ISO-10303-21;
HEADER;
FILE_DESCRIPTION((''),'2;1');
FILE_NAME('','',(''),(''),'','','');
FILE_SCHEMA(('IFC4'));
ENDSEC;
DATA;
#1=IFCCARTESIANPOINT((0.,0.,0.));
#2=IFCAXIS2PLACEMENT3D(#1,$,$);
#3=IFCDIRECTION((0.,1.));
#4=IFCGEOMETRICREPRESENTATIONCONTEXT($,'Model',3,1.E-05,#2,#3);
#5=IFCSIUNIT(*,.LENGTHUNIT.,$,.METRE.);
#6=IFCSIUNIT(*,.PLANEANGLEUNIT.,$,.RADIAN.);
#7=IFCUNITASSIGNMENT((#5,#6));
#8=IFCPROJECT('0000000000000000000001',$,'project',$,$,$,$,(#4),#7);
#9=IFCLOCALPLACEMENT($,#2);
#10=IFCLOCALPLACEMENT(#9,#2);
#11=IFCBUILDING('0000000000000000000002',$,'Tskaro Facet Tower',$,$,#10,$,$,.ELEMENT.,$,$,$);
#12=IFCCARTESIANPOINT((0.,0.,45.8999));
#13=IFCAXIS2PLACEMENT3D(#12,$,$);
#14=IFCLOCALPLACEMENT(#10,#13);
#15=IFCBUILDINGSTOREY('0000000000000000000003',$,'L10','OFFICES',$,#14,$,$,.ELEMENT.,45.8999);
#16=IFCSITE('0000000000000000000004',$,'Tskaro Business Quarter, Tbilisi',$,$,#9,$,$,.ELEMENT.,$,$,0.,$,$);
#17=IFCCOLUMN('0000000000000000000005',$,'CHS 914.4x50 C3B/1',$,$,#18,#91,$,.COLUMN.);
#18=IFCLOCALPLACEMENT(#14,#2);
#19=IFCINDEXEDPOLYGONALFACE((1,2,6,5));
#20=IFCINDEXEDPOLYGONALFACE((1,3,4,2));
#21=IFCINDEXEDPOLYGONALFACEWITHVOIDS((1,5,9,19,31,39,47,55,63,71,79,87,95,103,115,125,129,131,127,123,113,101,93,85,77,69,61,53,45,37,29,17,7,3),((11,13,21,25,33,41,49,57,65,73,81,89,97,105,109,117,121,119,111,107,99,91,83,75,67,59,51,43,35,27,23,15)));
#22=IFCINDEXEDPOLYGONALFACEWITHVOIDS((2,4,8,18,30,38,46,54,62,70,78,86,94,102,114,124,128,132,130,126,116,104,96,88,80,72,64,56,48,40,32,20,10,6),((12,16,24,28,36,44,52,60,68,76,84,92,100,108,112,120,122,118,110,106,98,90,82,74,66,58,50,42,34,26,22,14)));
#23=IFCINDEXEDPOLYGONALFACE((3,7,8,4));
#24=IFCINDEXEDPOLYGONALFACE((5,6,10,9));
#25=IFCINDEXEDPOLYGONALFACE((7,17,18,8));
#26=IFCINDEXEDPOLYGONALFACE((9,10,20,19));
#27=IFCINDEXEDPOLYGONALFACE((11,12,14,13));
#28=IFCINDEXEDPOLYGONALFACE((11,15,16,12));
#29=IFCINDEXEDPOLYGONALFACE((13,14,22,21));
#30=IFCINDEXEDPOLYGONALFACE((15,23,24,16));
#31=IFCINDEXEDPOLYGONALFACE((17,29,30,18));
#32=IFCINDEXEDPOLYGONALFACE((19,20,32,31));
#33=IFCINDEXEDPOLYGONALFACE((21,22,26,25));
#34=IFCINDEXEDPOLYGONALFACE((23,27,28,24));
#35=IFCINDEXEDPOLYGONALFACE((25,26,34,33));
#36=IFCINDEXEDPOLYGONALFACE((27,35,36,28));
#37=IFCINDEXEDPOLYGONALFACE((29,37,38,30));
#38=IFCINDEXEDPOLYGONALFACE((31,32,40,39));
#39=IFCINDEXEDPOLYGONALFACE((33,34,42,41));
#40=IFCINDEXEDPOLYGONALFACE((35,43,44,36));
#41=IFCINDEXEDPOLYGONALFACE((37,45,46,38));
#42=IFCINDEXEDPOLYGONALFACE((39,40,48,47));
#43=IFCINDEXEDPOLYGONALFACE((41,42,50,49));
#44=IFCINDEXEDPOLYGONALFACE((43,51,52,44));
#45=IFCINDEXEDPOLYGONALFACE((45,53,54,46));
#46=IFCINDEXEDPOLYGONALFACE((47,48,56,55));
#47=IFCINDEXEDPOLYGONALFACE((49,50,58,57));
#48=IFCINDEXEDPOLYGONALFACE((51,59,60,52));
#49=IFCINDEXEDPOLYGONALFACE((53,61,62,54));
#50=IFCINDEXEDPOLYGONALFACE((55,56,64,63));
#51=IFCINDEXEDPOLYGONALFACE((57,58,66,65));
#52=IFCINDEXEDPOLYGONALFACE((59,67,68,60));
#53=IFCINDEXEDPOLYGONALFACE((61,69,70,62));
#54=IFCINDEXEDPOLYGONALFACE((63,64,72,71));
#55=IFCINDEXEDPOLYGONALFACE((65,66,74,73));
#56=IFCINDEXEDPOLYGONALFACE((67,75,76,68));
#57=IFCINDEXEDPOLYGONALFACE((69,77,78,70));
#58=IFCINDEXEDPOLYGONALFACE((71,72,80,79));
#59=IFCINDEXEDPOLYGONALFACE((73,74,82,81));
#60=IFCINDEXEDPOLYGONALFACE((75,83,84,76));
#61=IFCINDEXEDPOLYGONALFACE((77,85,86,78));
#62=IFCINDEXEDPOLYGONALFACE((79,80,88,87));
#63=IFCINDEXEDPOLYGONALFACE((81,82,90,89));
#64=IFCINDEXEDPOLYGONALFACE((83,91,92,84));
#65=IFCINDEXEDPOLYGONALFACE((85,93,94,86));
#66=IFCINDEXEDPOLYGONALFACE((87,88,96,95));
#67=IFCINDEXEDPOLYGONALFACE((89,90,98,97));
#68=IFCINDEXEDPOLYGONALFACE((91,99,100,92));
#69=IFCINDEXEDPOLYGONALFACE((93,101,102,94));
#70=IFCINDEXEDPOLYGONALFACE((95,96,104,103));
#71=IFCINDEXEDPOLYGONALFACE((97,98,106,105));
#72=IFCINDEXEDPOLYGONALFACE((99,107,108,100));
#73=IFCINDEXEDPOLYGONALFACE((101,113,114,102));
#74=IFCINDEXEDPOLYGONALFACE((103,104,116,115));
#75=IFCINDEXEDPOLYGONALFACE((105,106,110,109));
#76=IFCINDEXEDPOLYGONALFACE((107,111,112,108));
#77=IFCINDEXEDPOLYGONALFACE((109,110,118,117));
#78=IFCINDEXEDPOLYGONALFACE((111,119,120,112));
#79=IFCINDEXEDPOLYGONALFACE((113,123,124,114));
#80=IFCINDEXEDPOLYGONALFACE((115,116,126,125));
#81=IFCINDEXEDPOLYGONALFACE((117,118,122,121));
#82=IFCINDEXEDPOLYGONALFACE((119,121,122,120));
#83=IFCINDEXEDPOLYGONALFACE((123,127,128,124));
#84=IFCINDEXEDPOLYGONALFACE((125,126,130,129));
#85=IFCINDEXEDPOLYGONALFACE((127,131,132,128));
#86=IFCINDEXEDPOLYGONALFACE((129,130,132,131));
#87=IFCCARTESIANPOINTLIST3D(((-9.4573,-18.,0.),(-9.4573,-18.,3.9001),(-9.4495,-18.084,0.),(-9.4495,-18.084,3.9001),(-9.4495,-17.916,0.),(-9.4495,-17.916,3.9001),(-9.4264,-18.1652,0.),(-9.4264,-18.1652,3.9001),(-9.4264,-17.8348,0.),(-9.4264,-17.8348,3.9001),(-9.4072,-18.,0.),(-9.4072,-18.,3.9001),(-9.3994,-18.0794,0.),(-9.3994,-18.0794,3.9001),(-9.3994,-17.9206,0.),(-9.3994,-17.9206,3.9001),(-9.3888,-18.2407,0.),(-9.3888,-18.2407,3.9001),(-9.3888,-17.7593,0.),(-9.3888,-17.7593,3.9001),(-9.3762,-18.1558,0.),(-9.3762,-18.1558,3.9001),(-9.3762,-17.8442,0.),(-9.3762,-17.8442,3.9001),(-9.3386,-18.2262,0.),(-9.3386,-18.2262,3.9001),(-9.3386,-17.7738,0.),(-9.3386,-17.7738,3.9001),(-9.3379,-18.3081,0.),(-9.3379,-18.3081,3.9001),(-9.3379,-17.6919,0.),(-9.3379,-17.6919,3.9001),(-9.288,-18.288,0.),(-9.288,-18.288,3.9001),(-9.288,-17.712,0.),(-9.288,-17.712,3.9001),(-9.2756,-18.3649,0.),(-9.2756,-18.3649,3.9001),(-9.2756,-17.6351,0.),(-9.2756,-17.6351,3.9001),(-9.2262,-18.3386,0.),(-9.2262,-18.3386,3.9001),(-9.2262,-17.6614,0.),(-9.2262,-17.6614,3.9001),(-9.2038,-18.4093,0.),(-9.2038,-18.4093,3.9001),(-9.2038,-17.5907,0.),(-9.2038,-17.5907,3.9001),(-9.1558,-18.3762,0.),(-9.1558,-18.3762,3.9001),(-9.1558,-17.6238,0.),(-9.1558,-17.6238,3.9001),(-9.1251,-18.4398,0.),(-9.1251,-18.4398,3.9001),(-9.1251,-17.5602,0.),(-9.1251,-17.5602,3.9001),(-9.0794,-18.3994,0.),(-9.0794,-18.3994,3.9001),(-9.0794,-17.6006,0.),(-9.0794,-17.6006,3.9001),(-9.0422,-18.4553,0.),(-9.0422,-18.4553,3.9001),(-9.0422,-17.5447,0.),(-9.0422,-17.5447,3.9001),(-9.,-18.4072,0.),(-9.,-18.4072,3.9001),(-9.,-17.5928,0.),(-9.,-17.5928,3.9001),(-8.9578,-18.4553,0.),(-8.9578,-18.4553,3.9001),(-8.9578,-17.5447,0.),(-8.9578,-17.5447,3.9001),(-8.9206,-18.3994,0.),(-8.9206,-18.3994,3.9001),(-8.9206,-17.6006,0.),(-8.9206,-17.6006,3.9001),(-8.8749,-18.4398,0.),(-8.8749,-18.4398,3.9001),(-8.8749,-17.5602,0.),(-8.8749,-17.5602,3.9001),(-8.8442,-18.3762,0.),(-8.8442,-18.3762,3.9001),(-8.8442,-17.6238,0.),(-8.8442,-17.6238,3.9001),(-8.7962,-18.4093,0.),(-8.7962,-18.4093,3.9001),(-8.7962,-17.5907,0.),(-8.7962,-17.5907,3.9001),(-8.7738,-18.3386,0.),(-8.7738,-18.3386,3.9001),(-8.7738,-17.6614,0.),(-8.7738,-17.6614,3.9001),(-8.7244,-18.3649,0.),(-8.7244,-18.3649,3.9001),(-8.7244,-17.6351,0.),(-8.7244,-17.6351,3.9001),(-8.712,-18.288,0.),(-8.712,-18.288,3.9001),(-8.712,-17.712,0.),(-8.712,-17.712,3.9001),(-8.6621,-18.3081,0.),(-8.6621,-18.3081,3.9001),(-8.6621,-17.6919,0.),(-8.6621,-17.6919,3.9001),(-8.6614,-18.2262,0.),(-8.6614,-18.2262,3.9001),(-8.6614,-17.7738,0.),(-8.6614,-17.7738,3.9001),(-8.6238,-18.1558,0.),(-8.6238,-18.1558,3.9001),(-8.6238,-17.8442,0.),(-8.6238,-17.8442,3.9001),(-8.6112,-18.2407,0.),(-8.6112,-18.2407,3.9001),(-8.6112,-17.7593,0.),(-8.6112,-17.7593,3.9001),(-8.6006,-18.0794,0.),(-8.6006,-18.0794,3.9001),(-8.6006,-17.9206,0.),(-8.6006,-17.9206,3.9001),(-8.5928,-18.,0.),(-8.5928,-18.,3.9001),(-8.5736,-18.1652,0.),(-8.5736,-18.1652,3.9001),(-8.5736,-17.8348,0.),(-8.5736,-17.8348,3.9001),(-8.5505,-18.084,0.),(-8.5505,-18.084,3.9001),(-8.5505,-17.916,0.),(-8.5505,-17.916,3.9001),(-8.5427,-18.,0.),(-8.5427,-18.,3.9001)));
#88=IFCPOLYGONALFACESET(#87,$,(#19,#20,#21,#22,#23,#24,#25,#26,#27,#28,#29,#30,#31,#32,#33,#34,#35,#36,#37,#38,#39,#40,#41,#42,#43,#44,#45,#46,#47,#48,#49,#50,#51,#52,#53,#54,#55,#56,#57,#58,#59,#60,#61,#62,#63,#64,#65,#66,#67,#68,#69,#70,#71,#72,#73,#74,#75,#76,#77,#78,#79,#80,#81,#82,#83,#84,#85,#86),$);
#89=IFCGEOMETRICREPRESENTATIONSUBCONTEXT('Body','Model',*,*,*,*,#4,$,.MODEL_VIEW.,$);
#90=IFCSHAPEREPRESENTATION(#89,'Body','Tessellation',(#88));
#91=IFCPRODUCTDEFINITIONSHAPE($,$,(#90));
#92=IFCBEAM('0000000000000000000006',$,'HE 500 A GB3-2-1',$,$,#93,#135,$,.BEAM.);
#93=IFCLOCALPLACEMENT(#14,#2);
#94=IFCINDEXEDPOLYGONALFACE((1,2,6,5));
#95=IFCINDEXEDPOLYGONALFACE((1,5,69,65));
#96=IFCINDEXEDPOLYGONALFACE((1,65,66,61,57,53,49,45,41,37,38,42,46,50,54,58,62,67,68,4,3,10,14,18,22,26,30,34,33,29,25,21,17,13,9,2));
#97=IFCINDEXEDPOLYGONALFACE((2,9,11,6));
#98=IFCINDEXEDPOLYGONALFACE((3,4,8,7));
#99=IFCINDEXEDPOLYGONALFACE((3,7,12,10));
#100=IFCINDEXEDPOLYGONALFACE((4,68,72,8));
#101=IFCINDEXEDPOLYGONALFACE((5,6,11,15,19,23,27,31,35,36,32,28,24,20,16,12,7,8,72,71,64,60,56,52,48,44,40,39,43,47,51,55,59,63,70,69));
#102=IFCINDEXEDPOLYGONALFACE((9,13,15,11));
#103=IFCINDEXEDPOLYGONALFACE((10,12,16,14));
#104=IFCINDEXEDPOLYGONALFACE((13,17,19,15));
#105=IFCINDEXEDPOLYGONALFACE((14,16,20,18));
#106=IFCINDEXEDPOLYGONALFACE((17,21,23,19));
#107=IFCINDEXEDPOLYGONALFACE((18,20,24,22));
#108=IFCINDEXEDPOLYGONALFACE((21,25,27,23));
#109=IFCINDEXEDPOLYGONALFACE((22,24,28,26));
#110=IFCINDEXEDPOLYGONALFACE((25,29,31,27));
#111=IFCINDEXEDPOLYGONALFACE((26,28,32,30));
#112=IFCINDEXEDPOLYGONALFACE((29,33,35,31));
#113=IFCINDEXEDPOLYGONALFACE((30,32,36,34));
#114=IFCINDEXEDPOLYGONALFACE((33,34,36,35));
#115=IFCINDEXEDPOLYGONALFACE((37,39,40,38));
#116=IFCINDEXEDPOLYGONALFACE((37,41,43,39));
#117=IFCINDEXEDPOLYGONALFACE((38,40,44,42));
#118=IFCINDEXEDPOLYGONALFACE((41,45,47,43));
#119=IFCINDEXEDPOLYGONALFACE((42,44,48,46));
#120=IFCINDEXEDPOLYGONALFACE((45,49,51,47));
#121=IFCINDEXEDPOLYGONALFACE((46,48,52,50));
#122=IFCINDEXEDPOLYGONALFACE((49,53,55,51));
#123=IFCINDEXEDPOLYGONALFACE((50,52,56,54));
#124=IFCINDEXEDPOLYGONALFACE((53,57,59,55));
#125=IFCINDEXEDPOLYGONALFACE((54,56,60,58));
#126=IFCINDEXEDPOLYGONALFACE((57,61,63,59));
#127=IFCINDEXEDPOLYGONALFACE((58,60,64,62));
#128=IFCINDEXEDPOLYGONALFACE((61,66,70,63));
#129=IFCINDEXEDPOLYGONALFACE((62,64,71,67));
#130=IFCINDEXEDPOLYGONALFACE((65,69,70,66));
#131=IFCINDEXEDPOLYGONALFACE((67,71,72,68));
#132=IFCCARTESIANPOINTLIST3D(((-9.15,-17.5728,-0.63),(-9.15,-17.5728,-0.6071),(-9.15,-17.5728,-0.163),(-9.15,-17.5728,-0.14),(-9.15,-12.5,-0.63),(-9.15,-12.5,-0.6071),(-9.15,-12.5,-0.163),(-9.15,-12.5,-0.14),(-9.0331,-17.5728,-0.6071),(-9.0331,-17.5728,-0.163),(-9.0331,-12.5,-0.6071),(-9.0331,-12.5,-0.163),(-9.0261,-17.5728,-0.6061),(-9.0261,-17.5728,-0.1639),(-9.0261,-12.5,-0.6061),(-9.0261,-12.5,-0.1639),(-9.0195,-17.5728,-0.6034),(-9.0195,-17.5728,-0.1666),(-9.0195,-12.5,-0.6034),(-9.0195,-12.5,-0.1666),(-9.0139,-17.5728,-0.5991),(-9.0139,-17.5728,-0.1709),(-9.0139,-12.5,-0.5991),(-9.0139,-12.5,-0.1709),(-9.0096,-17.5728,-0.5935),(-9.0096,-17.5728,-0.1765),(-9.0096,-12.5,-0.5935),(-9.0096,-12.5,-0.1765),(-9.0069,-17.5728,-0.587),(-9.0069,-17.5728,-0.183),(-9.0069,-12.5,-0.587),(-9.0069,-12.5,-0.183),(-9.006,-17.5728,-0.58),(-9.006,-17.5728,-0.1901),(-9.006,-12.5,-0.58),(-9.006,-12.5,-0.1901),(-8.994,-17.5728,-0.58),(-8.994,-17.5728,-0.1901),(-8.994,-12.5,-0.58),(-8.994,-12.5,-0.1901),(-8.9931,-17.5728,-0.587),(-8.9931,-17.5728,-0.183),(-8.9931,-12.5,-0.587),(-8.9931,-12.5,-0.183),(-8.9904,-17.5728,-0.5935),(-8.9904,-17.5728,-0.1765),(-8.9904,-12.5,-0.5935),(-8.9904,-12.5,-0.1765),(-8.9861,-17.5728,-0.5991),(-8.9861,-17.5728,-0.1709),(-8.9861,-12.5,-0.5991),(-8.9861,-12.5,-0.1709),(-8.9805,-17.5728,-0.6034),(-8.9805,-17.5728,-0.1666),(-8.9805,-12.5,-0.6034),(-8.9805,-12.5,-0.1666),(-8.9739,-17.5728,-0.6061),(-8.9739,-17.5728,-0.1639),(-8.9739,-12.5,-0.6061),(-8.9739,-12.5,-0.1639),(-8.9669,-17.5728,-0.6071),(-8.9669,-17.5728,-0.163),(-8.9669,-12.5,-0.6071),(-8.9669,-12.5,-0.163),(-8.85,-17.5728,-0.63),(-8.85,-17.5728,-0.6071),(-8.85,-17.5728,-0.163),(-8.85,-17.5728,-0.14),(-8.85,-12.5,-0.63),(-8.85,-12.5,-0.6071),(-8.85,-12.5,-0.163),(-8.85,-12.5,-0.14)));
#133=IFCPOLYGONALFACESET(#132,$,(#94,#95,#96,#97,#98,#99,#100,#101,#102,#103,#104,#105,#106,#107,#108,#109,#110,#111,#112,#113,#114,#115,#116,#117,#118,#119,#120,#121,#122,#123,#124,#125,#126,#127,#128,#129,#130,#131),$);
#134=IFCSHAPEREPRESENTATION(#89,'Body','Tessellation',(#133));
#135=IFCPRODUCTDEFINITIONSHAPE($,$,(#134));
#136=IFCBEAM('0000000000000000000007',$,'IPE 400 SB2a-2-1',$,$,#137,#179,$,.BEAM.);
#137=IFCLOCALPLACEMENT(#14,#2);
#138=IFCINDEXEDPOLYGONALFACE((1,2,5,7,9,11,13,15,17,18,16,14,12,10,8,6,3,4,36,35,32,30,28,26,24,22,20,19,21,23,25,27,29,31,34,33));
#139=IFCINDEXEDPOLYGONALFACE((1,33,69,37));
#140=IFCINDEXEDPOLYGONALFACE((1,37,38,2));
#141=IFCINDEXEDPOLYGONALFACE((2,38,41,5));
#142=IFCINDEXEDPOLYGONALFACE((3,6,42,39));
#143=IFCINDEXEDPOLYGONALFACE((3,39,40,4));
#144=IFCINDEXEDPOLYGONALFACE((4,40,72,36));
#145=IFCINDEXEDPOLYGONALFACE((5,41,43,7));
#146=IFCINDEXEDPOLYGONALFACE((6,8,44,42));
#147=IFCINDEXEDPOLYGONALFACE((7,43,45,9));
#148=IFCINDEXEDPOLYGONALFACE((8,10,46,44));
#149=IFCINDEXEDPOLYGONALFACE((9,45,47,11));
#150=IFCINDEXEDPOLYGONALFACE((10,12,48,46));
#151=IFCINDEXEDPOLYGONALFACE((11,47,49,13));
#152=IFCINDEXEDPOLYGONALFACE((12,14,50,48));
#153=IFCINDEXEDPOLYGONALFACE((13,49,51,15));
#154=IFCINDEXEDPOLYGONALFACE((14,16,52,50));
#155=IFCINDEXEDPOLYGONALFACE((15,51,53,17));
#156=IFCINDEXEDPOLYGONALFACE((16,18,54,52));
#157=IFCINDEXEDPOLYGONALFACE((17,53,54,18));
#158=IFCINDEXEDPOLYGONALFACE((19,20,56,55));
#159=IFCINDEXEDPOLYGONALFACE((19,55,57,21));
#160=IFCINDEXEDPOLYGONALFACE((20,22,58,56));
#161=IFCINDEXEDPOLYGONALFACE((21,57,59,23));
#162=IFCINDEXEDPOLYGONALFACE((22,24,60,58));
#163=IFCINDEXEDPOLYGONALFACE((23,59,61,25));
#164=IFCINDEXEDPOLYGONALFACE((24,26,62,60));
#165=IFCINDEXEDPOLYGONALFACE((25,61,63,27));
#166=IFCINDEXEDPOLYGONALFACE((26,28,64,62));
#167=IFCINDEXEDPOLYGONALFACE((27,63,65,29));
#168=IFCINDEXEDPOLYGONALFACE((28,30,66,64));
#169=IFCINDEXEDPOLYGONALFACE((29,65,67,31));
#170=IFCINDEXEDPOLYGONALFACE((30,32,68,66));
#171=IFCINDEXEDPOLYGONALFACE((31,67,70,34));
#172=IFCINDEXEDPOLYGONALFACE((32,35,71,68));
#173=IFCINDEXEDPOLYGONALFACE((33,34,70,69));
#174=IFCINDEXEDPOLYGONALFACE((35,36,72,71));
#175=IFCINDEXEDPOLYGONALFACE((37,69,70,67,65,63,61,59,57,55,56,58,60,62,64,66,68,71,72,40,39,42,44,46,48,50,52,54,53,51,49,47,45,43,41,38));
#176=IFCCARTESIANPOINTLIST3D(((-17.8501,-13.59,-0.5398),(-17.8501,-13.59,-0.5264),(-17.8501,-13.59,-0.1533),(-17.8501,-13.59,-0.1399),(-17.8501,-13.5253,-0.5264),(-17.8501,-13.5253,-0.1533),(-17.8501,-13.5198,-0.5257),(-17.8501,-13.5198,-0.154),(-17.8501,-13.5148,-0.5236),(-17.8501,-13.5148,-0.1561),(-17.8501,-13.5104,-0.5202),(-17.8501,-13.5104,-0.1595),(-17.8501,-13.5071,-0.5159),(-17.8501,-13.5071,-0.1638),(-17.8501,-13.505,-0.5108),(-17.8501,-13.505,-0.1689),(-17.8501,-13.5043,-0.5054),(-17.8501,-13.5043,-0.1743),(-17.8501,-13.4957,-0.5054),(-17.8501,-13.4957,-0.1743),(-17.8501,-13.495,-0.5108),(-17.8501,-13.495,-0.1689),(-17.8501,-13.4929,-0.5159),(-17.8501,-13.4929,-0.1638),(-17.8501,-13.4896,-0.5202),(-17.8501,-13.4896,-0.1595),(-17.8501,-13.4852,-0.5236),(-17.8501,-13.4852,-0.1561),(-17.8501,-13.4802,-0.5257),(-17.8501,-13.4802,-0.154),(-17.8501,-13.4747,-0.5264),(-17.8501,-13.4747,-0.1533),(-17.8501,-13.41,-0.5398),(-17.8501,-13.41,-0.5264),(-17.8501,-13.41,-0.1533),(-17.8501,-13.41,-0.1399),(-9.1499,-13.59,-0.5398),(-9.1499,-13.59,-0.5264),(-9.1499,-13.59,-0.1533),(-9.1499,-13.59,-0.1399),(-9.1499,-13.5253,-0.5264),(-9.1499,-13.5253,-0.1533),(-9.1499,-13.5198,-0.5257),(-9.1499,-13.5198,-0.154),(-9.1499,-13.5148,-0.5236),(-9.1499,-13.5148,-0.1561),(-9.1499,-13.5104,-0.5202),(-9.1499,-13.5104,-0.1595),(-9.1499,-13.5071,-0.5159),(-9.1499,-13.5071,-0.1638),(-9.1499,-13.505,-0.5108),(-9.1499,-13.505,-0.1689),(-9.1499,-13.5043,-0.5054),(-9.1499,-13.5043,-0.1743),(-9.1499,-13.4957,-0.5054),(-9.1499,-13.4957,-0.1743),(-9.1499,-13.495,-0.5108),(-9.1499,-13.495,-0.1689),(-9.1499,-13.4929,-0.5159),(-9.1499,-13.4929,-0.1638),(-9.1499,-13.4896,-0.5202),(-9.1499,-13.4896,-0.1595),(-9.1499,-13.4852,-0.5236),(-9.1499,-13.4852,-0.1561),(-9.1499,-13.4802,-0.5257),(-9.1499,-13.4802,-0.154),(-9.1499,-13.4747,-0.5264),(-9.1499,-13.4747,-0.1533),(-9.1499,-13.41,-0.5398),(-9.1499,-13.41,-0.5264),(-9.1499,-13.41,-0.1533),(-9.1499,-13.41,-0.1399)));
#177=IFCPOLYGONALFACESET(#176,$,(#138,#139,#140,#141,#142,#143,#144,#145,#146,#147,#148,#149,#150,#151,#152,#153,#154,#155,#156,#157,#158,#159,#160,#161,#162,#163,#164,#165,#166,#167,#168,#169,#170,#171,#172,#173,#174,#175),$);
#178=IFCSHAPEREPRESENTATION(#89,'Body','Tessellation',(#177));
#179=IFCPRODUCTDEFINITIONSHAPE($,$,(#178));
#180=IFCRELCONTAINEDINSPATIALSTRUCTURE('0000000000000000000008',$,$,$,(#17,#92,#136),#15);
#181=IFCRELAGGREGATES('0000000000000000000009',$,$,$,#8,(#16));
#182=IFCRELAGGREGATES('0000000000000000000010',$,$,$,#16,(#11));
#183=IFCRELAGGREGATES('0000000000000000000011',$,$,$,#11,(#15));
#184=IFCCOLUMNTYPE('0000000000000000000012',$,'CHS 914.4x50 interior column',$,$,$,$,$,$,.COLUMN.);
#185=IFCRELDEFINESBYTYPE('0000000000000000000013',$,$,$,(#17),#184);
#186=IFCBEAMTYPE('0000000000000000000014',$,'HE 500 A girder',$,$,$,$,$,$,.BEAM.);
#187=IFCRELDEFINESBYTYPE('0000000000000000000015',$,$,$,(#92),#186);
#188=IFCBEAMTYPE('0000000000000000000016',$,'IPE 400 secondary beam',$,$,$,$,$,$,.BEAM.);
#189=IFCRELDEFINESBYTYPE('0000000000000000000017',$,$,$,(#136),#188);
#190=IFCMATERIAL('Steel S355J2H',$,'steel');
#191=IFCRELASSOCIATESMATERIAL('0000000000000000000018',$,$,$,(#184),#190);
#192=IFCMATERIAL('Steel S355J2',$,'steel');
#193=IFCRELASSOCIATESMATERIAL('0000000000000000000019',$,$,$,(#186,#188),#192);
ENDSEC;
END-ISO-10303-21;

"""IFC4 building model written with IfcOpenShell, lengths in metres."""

from ifc_helpers import new_model, si_unit, direction, frame, origin, origin_2d, place, context, subcontext, project, spatial, hollow_circle, i_section, extrude, material, material_profile, profile_set, type_object, element, save


model = new_model("IFC4")

# Units and contexts
model_context = context("Model", 3, precision=1e-05, world=origin(), true_north=direction((0.0, 1.0)))
body_context = subcontext(model_context, "Body", "Model", "MODEL_VIEW")
ifc_project = project(units=[si_unit("LENGTHUNIT", "METRE"), si_unit("PLANEANGLEUNIT", "RADIAN")], contexts=[model_context])

# Site, building, storey
site_placement = place(None, origin())
site = spatial("IfcSite", under=ifc_project, at=site_placement, Name="Tskaro Business Quarter, Tbilisi", CompositionType="ELEMENT", RefElevation=0.0)
building_placement = place(site_placement, origin())
building = spatial("IfcBuilding", under=site, at=building_placement, Name="Tskaro Facet Tower", CompositionType="ELEMENT")
storey_placement = place(building_placement, frame((0.0, 0.0, 45.8999)))
storey = spatial("IfcBuildingStorey", under=building, at=storey_placement, Name="L10", Description="OFFICES", CompositionType="ELEMENT", Elevation=45.8999)

# Column
ifc_material_1 = material(Name="Steel S355J2H", Category="steel")
ifc_material_profile_1 = material_profile(ifc_material_1, hollow_circle(Radius=0.4573, WallThickness=0.05, at=origin_2d()), Name="CHS 914.4x50")
ifc_profile_set_1 = profile_set([ifc_material_profile_1], Name="Steel S355J2H")
column_type = type_object("IfcColumnType", Name="CHS 914.4x50 interior column", PredefinedType="COLUMN", material=ifc_profile_set_1)
column_placement = place(storey_placement, frame((-9.0, -18.0, 0.0), z_axis=(0.0, 0.0, 1.0), x_axis=(1.0, 0.0, 0.0)))
element("IfcColumn", 1, at=column_placement, inside=storey, type_object=column_type, Name="CHS 914.4x50 C3B/1", PredefinedType="COLUMN", context=body_context, shape_type="SweptSolid", body=[
    extrude(hollow_circle(Radius=0.4573, WallThickness=0.05, at=origin_2d()), origin(), (0.0, 0.0, 1.0), 3.9001),
])

# Beams
ifc_material_2 = material(Name="Steel S355J2", Category="steel")
ifc_material_profile_2 = material_profile(ifc_material_2, i_section(OverallWidth=0.3, OverallDepth=0.49, WebThickness=0.012, FlangeThickness=0.0229, FilletRadius=0.0271, at=origin_2d()), Name="HE 500 A")
ifc_profile_set_2 = profile_set([ifc_material_profile_2], Name="Steel S355J2")
beam_type_1 = type_object("IfcBeamType", Name="HE 500 A girder", PredefinedType="BEAM", material=ifc_profile_set_2)
beam_placement = place(storey_placement, frame((-9.0, -17.5728, -0.385), z_axis=(0.0, 1.0, 0.0), x_axis=(-1.0, 0.0, 0.0)))
element("IfcBeam", 2, at=beam_placement, inside=storey, type_object=beam_type_1, Name="HE 500 A GB3-2-1", PredefinedType="BEAM", context=body_context, shape_type="SweptSolid", body=[
    extrude(i_section(OverallWidth=0.3, OverallDepth=0.49, WebThickness=0.012, FlangeThickness=0.0229, FilletRadius=0.0271, at=origin_2d()), origin(), (0.0, 0.0, 1.0), 5.0728),
])
ifc_material_profile_3 = material_profile(ifc_material_2, i_section(OverallWidth=0.1799, OverallDepth=0.3999, WebThickness=0.0085, FlangeThickness=0.0134, FilletRadius=0.021, at=origin_2d()), Name="IPE 400")
ifc_profile_set_3 = profile_set([ifc_material_profile_3], Name="Steel S355J2")
beam_type_2 = type_object("IfcBeamType", Name="IPE 400 secondary beam", PredefinedType="BEAM", material=ifc_profile_set_3)
for number, where, z_axis, x_axis, name in (
    (3, (-17.8501, -13.5, -0.3398), (1.0, 0.0, 0.0), (0.0, 1.0, 0.0), "IPE 400 SB2a-2-1"),
):
    element("IfcBeam", number, at=place(storey_placement, frame(where, z_axis=z_axis, x_axis=x_axis)), inside=storey, type_object=beam_type_2, Name=name, PredefinedType="BEAM", context=body_context, shape_type="SweptSolid", body=[
        extrude(i_section(OverallWidth=0.1799, OverallDepth=0.3999, WebThickness=0.0085, FlangeThickness=0.0134, FilletRadius=0.021, at=origin_2d()), origin(), (0.0, 0.0, 1.0), 8.7002),
    ])

save(model, "model.ifc")
